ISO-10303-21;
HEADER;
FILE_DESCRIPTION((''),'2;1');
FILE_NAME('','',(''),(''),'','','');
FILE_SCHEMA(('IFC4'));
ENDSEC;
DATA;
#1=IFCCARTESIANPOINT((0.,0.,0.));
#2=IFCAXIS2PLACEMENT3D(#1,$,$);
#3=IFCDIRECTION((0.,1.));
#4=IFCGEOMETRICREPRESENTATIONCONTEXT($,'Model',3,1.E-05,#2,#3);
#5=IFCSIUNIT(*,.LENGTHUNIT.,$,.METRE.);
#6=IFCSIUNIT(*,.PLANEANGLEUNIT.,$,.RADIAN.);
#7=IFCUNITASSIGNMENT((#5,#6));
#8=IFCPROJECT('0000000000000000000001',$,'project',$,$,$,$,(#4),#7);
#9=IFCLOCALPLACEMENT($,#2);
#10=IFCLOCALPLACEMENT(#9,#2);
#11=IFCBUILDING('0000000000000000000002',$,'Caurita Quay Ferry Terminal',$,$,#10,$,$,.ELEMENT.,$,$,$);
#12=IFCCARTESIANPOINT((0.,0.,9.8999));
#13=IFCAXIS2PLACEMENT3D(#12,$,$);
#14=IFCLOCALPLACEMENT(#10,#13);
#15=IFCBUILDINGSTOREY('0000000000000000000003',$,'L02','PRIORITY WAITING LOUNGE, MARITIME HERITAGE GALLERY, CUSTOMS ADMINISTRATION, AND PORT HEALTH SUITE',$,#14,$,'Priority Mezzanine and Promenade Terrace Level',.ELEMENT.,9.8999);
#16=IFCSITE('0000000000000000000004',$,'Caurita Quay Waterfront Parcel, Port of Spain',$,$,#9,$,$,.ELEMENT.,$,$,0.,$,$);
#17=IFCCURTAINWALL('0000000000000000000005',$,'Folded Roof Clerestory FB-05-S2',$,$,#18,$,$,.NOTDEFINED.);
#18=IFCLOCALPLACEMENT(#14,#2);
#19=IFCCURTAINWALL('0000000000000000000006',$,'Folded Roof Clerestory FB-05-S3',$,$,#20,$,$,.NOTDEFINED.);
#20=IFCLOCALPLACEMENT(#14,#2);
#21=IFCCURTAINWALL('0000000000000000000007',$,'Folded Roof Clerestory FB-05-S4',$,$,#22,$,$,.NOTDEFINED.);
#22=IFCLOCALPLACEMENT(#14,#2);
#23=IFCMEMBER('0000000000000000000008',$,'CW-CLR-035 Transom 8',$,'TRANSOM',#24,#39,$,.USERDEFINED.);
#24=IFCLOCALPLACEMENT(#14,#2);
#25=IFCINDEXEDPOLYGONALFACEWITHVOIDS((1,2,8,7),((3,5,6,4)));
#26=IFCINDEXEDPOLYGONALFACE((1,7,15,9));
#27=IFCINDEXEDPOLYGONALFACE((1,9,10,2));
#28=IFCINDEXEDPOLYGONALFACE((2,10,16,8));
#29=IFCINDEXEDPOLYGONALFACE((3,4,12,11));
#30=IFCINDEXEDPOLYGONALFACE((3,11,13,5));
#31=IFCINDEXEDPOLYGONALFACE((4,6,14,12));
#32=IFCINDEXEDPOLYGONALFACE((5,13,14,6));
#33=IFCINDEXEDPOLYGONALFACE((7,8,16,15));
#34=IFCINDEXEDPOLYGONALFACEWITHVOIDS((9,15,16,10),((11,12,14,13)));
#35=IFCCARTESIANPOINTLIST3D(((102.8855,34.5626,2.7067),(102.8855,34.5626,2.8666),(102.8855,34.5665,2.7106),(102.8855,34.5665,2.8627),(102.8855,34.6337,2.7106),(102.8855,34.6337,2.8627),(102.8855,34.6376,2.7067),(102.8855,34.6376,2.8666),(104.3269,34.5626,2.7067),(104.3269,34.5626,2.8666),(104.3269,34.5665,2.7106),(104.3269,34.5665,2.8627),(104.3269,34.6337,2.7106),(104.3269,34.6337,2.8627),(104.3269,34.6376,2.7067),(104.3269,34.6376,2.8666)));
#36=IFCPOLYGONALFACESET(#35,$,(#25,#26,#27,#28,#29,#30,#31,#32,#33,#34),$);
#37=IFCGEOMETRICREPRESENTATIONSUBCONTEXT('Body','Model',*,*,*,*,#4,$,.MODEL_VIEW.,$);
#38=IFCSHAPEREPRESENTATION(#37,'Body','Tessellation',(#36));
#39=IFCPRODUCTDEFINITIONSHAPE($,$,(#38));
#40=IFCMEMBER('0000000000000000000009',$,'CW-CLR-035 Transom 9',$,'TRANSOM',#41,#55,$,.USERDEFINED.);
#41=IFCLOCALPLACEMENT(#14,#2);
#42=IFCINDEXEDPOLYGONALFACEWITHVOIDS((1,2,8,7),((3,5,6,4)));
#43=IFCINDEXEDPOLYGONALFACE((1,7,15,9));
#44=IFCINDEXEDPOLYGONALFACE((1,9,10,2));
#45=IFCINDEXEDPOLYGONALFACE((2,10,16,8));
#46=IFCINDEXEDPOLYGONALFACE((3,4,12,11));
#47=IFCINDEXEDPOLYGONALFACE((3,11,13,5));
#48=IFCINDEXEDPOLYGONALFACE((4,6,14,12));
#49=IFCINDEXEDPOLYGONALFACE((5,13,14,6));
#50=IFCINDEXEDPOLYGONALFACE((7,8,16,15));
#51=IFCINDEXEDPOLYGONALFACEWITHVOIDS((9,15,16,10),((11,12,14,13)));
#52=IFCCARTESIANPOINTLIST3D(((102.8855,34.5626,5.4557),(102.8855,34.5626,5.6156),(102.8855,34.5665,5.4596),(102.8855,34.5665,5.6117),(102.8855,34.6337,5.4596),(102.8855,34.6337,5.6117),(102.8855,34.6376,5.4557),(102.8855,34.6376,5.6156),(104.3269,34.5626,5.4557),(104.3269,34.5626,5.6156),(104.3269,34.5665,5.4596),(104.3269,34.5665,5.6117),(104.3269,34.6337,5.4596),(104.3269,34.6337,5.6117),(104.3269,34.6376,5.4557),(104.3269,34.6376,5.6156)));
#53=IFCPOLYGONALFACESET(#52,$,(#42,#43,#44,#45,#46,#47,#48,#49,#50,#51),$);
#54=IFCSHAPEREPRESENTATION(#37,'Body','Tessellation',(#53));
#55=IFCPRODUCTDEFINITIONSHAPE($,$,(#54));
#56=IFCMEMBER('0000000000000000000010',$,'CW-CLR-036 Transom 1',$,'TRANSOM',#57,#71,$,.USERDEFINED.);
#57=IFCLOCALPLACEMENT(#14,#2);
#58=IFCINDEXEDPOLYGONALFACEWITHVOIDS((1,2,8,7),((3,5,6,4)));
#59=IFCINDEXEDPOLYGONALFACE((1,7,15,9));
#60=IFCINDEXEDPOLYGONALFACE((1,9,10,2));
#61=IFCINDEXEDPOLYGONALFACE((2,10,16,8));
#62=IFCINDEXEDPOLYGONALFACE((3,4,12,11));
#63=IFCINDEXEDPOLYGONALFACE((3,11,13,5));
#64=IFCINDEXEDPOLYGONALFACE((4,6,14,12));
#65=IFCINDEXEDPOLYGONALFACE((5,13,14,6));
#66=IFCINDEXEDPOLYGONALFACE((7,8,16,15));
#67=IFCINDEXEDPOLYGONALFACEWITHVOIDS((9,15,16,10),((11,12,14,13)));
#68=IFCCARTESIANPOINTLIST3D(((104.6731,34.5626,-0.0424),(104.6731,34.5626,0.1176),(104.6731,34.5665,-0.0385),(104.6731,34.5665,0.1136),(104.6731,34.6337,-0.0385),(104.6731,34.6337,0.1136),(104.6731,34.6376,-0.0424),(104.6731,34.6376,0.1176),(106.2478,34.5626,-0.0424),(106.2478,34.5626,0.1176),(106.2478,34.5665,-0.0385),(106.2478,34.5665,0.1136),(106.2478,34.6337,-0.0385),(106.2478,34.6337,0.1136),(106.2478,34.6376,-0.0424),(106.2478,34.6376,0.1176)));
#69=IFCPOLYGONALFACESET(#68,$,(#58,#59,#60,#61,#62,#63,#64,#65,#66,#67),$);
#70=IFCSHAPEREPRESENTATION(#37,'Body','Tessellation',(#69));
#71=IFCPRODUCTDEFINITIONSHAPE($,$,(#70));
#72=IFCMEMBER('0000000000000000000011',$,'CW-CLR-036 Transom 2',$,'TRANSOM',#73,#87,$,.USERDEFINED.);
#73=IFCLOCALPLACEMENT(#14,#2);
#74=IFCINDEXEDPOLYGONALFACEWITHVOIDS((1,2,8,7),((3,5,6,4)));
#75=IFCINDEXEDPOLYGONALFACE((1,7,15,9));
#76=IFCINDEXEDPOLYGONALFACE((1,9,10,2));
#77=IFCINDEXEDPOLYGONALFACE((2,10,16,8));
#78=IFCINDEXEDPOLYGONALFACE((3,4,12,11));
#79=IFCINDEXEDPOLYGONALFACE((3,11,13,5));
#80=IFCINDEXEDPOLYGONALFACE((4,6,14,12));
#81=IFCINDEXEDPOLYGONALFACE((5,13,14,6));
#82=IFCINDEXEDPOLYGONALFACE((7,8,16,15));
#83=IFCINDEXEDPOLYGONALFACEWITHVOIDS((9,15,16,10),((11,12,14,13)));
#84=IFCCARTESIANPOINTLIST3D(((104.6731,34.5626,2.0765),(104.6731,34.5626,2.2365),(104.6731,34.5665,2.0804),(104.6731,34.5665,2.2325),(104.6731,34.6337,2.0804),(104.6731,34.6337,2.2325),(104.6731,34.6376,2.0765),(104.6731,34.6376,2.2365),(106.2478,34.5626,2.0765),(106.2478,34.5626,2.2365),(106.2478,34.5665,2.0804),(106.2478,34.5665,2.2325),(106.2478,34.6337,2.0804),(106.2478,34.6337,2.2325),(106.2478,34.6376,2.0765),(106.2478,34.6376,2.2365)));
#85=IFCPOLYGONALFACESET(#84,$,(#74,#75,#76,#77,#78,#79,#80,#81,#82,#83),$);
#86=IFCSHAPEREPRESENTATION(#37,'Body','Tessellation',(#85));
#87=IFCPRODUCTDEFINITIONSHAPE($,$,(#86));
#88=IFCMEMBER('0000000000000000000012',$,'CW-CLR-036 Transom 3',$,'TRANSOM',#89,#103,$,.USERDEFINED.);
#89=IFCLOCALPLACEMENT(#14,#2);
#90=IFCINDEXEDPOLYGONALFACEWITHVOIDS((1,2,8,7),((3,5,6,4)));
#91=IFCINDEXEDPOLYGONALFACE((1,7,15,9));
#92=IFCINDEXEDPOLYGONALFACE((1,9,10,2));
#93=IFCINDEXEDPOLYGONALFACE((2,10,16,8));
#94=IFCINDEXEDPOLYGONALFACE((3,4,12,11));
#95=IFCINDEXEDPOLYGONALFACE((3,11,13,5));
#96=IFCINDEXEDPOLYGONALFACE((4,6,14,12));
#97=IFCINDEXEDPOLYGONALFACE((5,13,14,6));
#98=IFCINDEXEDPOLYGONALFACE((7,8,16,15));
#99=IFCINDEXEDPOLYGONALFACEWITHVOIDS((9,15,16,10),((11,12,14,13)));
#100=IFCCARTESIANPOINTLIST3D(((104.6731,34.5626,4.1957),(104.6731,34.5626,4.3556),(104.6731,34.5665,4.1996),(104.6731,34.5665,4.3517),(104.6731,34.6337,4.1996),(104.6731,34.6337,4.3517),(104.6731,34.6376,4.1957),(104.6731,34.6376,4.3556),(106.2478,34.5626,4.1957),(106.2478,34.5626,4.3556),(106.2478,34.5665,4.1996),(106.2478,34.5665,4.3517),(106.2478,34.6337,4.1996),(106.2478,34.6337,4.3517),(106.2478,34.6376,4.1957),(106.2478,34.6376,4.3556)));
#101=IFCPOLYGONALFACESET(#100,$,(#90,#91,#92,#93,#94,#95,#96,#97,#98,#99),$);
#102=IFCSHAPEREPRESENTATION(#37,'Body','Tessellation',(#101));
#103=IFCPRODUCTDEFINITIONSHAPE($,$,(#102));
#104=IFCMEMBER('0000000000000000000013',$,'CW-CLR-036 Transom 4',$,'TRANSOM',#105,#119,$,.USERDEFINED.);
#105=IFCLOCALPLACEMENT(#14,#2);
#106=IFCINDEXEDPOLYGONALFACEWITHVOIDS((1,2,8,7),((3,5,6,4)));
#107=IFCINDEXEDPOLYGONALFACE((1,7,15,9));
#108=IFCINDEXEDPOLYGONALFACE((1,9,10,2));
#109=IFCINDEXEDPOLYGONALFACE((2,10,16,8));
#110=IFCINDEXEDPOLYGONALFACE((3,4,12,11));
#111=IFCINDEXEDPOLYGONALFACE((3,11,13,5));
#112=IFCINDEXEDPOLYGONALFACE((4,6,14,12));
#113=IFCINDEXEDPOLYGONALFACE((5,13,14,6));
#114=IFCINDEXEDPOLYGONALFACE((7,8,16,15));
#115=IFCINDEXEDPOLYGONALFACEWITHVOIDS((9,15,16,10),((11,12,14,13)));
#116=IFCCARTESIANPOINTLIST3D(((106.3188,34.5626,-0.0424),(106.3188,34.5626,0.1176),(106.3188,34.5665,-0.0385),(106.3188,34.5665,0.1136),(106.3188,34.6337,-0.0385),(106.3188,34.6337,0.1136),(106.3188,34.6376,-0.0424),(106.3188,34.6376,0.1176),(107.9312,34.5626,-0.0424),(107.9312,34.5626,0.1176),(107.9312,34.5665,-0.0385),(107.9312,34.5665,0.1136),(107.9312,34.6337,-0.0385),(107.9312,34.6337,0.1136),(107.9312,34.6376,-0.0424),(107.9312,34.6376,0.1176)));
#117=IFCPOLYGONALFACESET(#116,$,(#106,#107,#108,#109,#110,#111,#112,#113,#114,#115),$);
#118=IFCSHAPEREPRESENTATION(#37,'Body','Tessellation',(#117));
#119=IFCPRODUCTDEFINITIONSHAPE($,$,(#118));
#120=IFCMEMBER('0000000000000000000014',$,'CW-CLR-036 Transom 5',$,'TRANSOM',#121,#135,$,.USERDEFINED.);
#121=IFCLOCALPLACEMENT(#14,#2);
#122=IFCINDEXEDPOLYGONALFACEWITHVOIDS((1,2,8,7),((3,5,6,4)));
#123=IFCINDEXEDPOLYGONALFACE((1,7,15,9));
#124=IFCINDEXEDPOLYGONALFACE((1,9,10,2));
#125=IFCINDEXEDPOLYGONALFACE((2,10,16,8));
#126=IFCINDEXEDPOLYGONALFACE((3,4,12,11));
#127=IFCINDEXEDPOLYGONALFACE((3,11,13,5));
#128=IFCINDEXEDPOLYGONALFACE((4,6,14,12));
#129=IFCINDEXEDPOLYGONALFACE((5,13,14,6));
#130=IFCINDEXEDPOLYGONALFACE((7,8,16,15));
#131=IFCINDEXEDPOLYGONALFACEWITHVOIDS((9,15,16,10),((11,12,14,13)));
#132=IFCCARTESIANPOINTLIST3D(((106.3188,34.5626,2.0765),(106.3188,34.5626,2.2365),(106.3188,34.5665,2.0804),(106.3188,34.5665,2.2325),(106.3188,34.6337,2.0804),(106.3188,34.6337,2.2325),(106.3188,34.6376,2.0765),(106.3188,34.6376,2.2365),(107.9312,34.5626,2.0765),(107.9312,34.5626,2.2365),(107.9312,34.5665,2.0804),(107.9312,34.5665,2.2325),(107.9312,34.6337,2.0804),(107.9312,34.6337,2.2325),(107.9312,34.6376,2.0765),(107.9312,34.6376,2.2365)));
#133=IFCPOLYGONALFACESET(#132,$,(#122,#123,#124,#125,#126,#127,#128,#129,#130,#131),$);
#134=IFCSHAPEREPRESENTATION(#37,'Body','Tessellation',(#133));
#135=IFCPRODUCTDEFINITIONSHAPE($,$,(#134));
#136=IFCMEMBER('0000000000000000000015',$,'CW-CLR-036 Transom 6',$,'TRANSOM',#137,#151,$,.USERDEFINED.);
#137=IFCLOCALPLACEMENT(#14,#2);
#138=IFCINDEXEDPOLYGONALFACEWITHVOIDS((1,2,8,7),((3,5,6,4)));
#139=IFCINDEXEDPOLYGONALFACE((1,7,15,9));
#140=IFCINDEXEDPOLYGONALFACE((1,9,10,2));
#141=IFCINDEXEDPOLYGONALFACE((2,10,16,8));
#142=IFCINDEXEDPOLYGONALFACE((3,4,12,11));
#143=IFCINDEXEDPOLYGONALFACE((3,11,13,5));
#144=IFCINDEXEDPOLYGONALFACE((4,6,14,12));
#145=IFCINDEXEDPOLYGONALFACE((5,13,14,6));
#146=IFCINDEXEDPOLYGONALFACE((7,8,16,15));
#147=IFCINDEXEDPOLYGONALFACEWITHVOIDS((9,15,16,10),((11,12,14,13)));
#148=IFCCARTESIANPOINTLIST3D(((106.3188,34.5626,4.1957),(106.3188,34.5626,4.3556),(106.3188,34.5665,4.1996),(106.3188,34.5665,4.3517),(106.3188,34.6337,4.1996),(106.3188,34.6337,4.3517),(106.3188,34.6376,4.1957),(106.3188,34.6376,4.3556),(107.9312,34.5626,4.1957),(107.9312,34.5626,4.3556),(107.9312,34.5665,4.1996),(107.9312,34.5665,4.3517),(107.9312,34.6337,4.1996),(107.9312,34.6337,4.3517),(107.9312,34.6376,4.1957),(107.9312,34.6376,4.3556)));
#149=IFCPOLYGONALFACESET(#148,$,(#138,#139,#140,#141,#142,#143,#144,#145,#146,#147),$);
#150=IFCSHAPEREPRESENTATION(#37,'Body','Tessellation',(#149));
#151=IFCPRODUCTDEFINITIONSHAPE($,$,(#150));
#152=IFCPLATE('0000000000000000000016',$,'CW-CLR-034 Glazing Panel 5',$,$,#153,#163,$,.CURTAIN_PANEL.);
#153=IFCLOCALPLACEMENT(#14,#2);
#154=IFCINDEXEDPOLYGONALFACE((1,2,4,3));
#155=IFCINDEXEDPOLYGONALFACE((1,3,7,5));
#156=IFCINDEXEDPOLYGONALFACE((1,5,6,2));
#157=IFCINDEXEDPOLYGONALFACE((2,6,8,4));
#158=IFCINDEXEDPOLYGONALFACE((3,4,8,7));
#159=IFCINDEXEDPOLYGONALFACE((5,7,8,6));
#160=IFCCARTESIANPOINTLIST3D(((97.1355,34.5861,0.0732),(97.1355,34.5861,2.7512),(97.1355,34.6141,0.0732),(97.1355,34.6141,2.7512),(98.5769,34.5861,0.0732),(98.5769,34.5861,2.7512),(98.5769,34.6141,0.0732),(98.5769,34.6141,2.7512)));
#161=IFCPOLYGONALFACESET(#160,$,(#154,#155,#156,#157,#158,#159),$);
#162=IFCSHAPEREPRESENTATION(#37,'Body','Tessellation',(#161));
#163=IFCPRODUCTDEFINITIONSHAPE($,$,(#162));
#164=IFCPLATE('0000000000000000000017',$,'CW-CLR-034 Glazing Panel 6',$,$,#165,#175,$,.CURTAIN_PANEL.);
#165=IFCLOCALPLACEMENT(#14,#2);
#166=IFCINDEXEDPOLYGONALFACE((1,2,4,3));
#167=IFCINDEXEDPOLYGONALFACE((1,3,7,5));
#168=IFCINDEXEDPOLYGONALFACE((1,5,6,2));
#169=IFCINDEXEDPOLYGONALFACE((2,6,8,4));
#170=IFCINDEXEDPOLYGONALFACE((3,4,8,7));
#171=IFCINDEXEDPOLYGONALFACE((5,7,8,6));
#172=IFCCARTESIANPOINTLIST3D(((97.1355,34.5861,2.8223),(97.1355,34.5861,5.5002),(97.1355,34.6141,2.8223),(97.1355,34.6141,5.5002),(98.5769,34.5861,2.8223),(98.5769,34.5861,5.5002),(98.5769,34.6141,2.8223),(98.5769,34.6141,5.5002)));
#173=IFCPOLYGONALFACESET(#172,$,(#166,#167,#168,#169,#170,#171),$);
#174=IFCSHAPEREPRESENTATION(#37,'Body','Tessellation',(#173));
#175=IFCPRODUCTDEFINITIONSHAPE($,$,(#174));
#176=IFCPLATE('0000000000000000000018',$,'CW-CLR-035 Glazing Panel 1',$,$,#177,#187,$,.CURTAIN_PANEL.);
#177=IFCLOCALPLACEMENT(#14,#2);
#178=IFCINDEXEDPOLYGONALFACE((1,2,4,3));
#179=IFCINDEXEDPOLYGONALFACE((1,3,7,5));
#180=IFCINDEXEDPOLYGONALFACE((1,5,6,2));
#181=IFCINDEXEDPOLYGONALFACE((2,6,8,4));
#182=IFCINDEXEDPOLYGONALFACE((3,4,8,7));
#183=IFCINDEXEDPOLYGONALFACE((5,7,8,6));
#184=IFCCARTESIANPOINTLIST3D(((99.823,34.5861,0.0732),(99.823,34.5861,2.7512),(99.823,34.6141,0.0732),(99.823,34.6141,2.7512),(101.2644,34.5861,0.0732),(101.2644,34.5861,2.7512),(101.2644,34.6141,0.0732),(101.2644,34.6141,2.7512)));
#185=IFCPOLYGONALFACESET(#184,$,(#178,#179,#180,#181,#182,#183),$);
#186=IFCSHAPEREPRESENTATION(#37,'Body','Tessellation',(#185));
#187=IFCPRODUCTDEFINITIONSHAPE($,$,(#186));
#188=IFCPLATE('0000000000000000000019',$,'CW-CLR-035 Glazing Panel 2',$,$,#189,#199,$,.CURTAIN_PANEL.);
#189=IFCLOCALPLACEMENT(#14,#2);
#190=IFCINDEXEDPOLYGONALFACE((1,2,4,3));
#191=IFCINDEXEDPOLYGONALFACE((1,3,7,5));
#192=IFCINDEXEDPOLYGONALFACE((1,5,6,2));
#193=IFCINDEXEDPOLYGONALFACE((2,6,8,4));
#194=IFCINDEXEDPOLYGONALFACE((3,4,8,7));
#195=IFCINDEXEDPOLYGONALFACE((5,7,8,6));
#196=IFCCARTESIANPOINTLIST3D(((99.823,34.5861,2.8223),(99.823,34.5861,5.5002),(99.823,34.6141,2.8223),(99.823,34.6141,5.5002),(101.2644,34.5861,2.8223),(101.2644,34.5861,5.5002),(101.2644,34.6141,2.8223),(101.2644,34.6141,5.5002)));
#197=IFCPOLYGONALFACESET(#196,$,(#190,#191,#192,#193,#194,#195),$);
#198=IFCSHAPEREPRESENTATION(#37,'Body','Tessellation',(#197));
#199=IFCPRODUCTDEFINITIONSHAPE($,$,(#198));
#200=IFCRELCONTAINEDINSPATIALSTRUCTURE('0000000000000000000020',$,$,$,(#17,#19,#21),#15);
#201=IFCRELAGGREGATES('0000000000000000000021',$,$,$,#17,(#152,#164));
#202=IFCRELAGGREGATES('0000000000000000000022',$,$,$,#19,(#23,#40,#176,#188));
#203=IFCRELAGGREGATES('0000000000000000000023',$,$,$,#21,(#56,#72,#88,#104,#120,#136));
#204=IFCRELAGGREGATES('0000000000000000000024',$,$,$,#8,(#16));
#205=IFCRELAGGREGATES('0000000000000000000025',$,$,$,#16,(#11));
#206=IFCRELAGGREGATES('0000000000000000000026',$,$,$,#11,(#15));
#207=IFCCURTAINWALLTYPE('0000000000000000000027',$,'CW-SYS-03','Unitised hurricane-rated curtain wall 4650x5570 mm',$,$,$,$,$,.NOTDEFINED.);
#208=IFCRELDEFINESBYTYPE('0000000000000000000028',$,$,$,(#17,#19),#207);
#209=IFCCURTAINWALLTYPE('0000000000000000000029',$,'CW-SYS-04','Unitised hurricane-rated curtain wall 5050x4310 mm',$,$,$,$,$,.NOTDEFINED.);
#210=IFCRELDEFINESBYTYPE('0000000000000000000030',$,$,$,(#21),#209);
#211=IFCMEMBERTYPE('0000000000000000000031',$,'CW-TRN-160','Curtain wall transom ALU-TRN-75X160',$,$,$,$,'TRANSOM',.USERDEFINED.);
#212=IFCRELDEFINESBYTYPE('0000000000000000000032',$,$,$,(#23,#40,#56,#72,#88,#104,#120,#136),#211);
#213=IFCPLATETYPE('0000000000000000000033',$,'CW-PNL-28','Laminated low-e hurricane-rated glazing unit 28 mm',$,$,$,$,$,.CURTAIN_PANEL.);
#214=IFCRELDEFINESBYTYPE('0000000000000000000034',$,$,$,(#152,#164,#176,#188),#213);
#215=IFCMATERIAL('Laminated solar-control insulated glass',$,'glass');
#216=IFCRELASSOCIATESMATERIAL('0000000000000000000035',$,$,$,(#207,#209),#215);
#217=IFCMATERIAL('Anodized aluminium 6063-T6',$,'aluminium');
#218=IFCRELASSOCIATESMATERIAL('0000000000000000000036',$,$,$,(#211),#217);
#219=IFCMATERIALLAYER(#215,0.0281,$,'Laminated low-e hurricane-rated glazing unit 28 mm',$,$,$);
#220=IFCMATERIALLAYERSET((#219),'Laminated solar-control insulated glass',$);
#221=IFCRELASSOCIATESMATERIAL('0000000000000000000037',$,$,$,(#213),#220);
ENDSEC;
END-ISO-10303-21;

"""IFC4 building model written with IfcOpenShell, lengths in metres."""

from ifc_helpers import new_model, si_unit, direction, frame, origin, origin_2d, place, context, subcontext, project, spatial, rectangle, hollow_rectangle, extrude, material, layer, layer_set, material_profile, profile_set, type_object, element, aggregate, save


model = new_model("IFC4")

# Units and contexts
model_context = context("Model", 3, precision=1e-05, world=origin(), true_north=direction((0.0, 1.0)))
body_context = subcontext(model_context, "Body", "Model", "MODEL_VIEW")
ifc_project = project(units=[si_unit("LENGTHUNIT", "METRE"), si_unit("PLANEANGLEUNIT", "RADIAN")], contexts=[model_context])

# Site, building, storey
site_placement = place(None, origin())
site = spatial("IfcSite", under=ifc_project, at=site_placement, Name="Caurita Quay Waterfront Parcel, Port of Spain", CompositionType="ELEMENT", RefElevation=0.0)
building_placement = place(site_placement, origin())
building = spatial("IfcBuilding", under=site, at=building_placement, Name="Caurita Quay Ferry Terminal", CompositionType="ELEMENT")
storey_placement = place(building_placement, frame((0.0, 0.0, 9.8999)))
storey = spatial("IfcBuildingStorey", under=building, at=storey_placement, Name="L02", Description="PRIORITY WAITING LOUNGE, MARITIME HERITAGE GALLERY, CUSTOMS ADMINISTRATION, AND PORT HEALTH SUITE", LongName="Priority Mezzanine and Promenade Terrace Level", CompositionType="ELEMENT", Elevation=9.8999)

# Curtain wall
ifc_material_1 = material(Name="Laminated solar-control insulated glass", Category="glass")
curtain_wall_type_1 = type_object("IfcCurtainWallType", Name="CW-SYS-03", Description="Unitised hurricane-rated curtain wall 4650x5570 mm", PredefinedType="NOTDEFINED", material=ifc_material_1)
curtain_wall_1_placement = place(storey_placement, origin())
curtain_wall_1 = element("IfcCurtainWall", 1, at=curtain_wall_1_placement, inside=storey, type_object=curtain_wall_type_1, Name="Folded Roof Clerestory FB-05-S2", PredefinedType="NOTDEFINED")
ifc_material_2 = material(Name="Anodized aluminium 6063-T6", Category="aluminium")

# Curtain walls
curtain_wall_2_placement = place(storey_placement, origin())
curtain_wall_2 = element("IfcCurtainWall", 2, at=curtain_wall_2_placement, inside=storey, type_object=curtain_wall_type_1, Name="Folded Roof Clerestory FB-05-S3", PredefinedType="NOTDEFINED")
curtain_wall_type_2 = type_object("IfcCurtainWallType", Name="CW-SYS-04", Description="Unitised hurricane-rated curtain wall 5050x4310 mm", PredefinedType="NOTDEFINED", material=ifc_material_1)
curtain_wall_3_placement = place(storey_placement, origin())
curtain_wall_3 = element("IfcCurtainWall", 3, at=curtain_wall_3_placement, inside=storey, type_object=curtain_wall_type_2, Name="Folded Roof Clerestory FB-05-S4", PredefinedType="NOTDEFINED")

# Members
ifc_material_profile_1 = material_profile(ifc_material_2, hollow_rectangle(XDim=0.075, YDim=0.1599, WallThickness=0.0039, at=origin_2d()), Name="ALU-TRN-75X160")
ifc_profile_set_1 = profile_set([ifc_material_profile_1], Name="Anodized aluminium 6063-T6")
member_type_1 = type_object("IfcMemberType", Name="CW-TRN-160", Description="Curtain wall transom ALU-TRN-75X160", ElementType="TRANSOM", PredefinedType="USERDEFINED", material=ifc_profile_set_1)
member_1_placement = place(storey_placement, frame((102.8855, 34.6001, 2.7866), z_axis=(1.0, 0.0, 0.0), x_axis=(0.0, 1.0, 0.0)))
member_1 = element("IfcMember", 4, at=member_1_placement, type_object=member_type_1, Name="CW-CLR-035 Transom 8", ObjectType="TRANSOM", PredefinedType="USERDEFINED", context=body_context, shape_type="SweptSolid", body=[
    extrude(hollow_rectangle(XDim=0.075, YDim=0.1599, WallThickness=0.0039, at=origin_2d()), origin(), (0.0, 0.0, 1.0), 1.4414),
])
member_2_placement = place(storey_placement, frame((102.8855, 34.6001, 5.5356), z_axis=(1.0, 0.0, 0.0), x_axis=(0.0, 1.0, 0.0)))
member_2 = element("IfcMember", 5, at=member_2_placement, type_object=member_type_1, Name="CW-CLR-035 Transom 9", ObjectType="TRANSOM", PredefinedType="USERDEFINED", context=body_context, shape_type="SweptSolid", body=[
    extrude(hollow_rectangle(XDim=0.075, YDim=0.1599, WallThickness=0.0039, at=origin_2d()), origin(), (0.0, 0.0, 1.0), 1.4414),
])
member_3_placement = place(storey_placement, frame((104.6731, 34.6001, 0.0376), z_axis=(1.0, 0.0, 0.0), x_axis=(0.0, 1.0, 0.0)))
member_3 = element("IfcMember", 6, at=member_3_placement, type_object=member_type_1, Name="CW-CLR-036 Transom 1", ObjectType="TRANSOM", PredefinedType="USERDEFINED", context=body_context, shape_type="SweptSolid", body=[
    extrude(hollow_rectangle(XDim=0.075, YDim=0.1599, WallThickness=0.0039, at=origin_2d()), origin(), (0.0, 0.0, 1.0), 1.5747),
])
member_4_placement = place(storey_placement, frame((104.6731, 34.6001, 2.1565), z_axis=(1.0, 0.0, 0.0), x_axis=(0.0, 1.0, 0.0)))
member_4 = element("IfcMember", 7, at=member_4_placement, type_object=member_type_1, Name="CW-CLR-036 Transom 2", ObjectType="TRANSOM", PredefinedType="USERDEFINED", context=body_context, shape_type="SweptSolid", body=[
    extrude(hollow_rectangle(XDim=0.075, YDim=0.1599, WallThickness=0.0039, at=origin_2d()), origin(), (0.0, 0.0, 1.0), 1.5747),
])
member_5_placement = place(storey_placement, frame((104.6731, 34.6001, 4.2756), z_axis=(1.0, 0.0, 0.0), x_axis=(0.0, 1.0, 0.0)))
member_5 = element("IfcMember", 8, at=member_5_placement, type_object=member_type_1, Name="CW-CLR-036 Transom 3", ObjectType="TRANSOM", PredefinedType="USERDEFINED", context=body_context, shape_type="SweptSolid", body=[
    extrude(hollow_rectangle(XDim=0.075, YDim=0.1599, WallThickness=0.0039, at=origin_2d()), origin(), (0.0, 0.0, 1.0), 1.5747),
])
member_6_placement = place(storey_placement, frame((106.3188, 34.6001, 0.0376), z_axis=(1.0, 0.0, 0.0), x_axis=(0.0, 1.0, 0.0)))
member_6 = element("IfcMember", 9, at=member_6_placement, type_object=member_type_1, Name="CW-CLR-036 Transom 4", ObjectType="TRANSOM", PredefinedType="USERDEFINED", context=body_context, shape_type="SweptSolid", body=[
    extrude(hollow_rectangle(XDim=0.075, YDim=0.1599, WallThickness=0.0039, at=origin_2d()), origin(), (0.0, 0.0, 1.0), 1.6123),
])
member_7_placement = place(storey_placement, frame((106.3188, 34.6001, 2.1565), z_axis=(1.0, 0.0, 0.0), x_axis=(0.0, 1.0, 0.0)))
member_7 = element("IfcMember", 10, at=member_7_placement, type_object=member_type_1, Name="CW-CLR-036 Transom 5", ObjectType="TRANSOM", PredefinedType="USERDEFINED", context=body_context, shape_type="SweptSolid", body=[
    extrude(hollow_rectangle(XDim=0.075, YDim=0.1599, WallThickness=0.0039, at=origin_2d()), origin(), (0.0, 0.0, 1.0), 1.6123),
])
member_8_placement = place(storey_placement, frame((106.3188, 34.6001, 4.2756), z_axis=(1.0, 0.0, 0.0), x_axis=(0.0, 1.0, 0.0)))
member_8 = element("IfcMember", 11, at=member_8_placement, type_object=member_type_1, Name="CW-CLR-036 Transom 6", ObjectType="TRANSOM", PredefinedType="USERDEFINED", context=body_context, shape_type="SweptSolid", body=[
    extrude(hollow_rectangle(XDim=0.075, YDim=0.1599, WallThickness=0.0039, at=origin_2d()), origin(), (0.0, 0.0, 1.0), 1.6123),
])

# Plates
ifc_layer_1 = layer(ifc_material_1, 0.0281, Name="Laminated low-e hurricane-rated glazing unit 28 mm")
ifc_layer_set_1 = layer_set([ifc_layer_1], Name="Laminated solar-control insulated glass")
plate_type_1 = type_object("IfcPlateType", Name="CW-PNL-28", Description="Laminated low-e hurricane-rated glazing unit 28 mm", PredefinedType="CURTAIN_PANEL", material=ifc_layer_set_1)
plate_1_placement = place(storey_placement, frame((97.8562, 34.6001, 0.0732), z_axis=(0.0, 0.0, 1.0), x_axis=(1.0, 0.0, 0.0)))
plate_1 = element("IfcPlate", 12, at=plate_1_placement, type_object=plate_type_1, Name="CW-CLR-034 Glazing Panel 5", PredefinedType="CURTAIN_PANEL", context=body_context, shape_type="SweptSolid", body=[
    extrude(rectangle(XDim=1.4414, YDim=0.0281, at=origin_2d()), origin(), (0.0, 0.0, 1.0), 2.678),
])
plate_2_placement = place(storey_placement, frame((97.8562, 34.6001, 2.8223), z_axis=(0.0, 0.0, 1.0), x_axis=(1.0, 0.0, 0.0)))
plate_2 = element("IfcPlate", 13, at=plate_2_placement, type_object=plate_type_1, Name="CW-CLR-034 Glazing Panel 6", PredefinedType="CURTAIN_PANEL", context=body_context, shape_type="SweptSolid", body=[
    extrude(rectangle(XDim=1.4414, YDim=0.0281, at=origin_2d()), origin(), (0.0, 0.0, 1.0), 2.678),
])
aggregate(curtain_wall_1, [plate_1, plate_2])
plate_3_placement = place(storey_placement, frame((100.5437, 34.6001, 0.0732), z_axis=(0.0, 0.0, 1.0), x_axis=(1.0, 0.0, 0.0)))
plate_3 = element("IfcPlate", 14, at=plate_3_placement, type_object=plate_type_1, Name="CW-CLR-035 Glazing Panel 1", PredefinedType="CURTAIN_PANEL", context=body_context, shape_type="SweptSolid", body=[
    extrude(rectangle(XDim=1.4414, YDim=0.0281, at=origin_2d()), origin(), (0.0, 0.0, 1.0), 2.678),
])
plate_4_placement = place(storey_placement, frame((100.5437, 34.6001, 2.8223), z_axis=(0.0, 0.0, 1.0), x_axis=(1.0, 0.0, 0.0)))
plate_4 = element("IfcPlate", 15, at=plate_4_placement, type_object=plate_type_1, Name="CW-CLR-035 Glazing Panel 2", PredefinedType="CURTAIN_PANEL", context=body_context, shape_type="SweptSolid", body=[
    extrude(rectangle(XDim=1.4414, YDim=0.0281, at=origin_2d()), origin(), (0.0, 0.0, 1.0), 2.678),
])
aggregate(curtain_wall_2, [member_1, member_2, plate_3, plate_4])
aggregate(curtain_wall_3, [member_3, member_4, member_5, member_6, member_7, member_8])

save(model, "model.ifc")
